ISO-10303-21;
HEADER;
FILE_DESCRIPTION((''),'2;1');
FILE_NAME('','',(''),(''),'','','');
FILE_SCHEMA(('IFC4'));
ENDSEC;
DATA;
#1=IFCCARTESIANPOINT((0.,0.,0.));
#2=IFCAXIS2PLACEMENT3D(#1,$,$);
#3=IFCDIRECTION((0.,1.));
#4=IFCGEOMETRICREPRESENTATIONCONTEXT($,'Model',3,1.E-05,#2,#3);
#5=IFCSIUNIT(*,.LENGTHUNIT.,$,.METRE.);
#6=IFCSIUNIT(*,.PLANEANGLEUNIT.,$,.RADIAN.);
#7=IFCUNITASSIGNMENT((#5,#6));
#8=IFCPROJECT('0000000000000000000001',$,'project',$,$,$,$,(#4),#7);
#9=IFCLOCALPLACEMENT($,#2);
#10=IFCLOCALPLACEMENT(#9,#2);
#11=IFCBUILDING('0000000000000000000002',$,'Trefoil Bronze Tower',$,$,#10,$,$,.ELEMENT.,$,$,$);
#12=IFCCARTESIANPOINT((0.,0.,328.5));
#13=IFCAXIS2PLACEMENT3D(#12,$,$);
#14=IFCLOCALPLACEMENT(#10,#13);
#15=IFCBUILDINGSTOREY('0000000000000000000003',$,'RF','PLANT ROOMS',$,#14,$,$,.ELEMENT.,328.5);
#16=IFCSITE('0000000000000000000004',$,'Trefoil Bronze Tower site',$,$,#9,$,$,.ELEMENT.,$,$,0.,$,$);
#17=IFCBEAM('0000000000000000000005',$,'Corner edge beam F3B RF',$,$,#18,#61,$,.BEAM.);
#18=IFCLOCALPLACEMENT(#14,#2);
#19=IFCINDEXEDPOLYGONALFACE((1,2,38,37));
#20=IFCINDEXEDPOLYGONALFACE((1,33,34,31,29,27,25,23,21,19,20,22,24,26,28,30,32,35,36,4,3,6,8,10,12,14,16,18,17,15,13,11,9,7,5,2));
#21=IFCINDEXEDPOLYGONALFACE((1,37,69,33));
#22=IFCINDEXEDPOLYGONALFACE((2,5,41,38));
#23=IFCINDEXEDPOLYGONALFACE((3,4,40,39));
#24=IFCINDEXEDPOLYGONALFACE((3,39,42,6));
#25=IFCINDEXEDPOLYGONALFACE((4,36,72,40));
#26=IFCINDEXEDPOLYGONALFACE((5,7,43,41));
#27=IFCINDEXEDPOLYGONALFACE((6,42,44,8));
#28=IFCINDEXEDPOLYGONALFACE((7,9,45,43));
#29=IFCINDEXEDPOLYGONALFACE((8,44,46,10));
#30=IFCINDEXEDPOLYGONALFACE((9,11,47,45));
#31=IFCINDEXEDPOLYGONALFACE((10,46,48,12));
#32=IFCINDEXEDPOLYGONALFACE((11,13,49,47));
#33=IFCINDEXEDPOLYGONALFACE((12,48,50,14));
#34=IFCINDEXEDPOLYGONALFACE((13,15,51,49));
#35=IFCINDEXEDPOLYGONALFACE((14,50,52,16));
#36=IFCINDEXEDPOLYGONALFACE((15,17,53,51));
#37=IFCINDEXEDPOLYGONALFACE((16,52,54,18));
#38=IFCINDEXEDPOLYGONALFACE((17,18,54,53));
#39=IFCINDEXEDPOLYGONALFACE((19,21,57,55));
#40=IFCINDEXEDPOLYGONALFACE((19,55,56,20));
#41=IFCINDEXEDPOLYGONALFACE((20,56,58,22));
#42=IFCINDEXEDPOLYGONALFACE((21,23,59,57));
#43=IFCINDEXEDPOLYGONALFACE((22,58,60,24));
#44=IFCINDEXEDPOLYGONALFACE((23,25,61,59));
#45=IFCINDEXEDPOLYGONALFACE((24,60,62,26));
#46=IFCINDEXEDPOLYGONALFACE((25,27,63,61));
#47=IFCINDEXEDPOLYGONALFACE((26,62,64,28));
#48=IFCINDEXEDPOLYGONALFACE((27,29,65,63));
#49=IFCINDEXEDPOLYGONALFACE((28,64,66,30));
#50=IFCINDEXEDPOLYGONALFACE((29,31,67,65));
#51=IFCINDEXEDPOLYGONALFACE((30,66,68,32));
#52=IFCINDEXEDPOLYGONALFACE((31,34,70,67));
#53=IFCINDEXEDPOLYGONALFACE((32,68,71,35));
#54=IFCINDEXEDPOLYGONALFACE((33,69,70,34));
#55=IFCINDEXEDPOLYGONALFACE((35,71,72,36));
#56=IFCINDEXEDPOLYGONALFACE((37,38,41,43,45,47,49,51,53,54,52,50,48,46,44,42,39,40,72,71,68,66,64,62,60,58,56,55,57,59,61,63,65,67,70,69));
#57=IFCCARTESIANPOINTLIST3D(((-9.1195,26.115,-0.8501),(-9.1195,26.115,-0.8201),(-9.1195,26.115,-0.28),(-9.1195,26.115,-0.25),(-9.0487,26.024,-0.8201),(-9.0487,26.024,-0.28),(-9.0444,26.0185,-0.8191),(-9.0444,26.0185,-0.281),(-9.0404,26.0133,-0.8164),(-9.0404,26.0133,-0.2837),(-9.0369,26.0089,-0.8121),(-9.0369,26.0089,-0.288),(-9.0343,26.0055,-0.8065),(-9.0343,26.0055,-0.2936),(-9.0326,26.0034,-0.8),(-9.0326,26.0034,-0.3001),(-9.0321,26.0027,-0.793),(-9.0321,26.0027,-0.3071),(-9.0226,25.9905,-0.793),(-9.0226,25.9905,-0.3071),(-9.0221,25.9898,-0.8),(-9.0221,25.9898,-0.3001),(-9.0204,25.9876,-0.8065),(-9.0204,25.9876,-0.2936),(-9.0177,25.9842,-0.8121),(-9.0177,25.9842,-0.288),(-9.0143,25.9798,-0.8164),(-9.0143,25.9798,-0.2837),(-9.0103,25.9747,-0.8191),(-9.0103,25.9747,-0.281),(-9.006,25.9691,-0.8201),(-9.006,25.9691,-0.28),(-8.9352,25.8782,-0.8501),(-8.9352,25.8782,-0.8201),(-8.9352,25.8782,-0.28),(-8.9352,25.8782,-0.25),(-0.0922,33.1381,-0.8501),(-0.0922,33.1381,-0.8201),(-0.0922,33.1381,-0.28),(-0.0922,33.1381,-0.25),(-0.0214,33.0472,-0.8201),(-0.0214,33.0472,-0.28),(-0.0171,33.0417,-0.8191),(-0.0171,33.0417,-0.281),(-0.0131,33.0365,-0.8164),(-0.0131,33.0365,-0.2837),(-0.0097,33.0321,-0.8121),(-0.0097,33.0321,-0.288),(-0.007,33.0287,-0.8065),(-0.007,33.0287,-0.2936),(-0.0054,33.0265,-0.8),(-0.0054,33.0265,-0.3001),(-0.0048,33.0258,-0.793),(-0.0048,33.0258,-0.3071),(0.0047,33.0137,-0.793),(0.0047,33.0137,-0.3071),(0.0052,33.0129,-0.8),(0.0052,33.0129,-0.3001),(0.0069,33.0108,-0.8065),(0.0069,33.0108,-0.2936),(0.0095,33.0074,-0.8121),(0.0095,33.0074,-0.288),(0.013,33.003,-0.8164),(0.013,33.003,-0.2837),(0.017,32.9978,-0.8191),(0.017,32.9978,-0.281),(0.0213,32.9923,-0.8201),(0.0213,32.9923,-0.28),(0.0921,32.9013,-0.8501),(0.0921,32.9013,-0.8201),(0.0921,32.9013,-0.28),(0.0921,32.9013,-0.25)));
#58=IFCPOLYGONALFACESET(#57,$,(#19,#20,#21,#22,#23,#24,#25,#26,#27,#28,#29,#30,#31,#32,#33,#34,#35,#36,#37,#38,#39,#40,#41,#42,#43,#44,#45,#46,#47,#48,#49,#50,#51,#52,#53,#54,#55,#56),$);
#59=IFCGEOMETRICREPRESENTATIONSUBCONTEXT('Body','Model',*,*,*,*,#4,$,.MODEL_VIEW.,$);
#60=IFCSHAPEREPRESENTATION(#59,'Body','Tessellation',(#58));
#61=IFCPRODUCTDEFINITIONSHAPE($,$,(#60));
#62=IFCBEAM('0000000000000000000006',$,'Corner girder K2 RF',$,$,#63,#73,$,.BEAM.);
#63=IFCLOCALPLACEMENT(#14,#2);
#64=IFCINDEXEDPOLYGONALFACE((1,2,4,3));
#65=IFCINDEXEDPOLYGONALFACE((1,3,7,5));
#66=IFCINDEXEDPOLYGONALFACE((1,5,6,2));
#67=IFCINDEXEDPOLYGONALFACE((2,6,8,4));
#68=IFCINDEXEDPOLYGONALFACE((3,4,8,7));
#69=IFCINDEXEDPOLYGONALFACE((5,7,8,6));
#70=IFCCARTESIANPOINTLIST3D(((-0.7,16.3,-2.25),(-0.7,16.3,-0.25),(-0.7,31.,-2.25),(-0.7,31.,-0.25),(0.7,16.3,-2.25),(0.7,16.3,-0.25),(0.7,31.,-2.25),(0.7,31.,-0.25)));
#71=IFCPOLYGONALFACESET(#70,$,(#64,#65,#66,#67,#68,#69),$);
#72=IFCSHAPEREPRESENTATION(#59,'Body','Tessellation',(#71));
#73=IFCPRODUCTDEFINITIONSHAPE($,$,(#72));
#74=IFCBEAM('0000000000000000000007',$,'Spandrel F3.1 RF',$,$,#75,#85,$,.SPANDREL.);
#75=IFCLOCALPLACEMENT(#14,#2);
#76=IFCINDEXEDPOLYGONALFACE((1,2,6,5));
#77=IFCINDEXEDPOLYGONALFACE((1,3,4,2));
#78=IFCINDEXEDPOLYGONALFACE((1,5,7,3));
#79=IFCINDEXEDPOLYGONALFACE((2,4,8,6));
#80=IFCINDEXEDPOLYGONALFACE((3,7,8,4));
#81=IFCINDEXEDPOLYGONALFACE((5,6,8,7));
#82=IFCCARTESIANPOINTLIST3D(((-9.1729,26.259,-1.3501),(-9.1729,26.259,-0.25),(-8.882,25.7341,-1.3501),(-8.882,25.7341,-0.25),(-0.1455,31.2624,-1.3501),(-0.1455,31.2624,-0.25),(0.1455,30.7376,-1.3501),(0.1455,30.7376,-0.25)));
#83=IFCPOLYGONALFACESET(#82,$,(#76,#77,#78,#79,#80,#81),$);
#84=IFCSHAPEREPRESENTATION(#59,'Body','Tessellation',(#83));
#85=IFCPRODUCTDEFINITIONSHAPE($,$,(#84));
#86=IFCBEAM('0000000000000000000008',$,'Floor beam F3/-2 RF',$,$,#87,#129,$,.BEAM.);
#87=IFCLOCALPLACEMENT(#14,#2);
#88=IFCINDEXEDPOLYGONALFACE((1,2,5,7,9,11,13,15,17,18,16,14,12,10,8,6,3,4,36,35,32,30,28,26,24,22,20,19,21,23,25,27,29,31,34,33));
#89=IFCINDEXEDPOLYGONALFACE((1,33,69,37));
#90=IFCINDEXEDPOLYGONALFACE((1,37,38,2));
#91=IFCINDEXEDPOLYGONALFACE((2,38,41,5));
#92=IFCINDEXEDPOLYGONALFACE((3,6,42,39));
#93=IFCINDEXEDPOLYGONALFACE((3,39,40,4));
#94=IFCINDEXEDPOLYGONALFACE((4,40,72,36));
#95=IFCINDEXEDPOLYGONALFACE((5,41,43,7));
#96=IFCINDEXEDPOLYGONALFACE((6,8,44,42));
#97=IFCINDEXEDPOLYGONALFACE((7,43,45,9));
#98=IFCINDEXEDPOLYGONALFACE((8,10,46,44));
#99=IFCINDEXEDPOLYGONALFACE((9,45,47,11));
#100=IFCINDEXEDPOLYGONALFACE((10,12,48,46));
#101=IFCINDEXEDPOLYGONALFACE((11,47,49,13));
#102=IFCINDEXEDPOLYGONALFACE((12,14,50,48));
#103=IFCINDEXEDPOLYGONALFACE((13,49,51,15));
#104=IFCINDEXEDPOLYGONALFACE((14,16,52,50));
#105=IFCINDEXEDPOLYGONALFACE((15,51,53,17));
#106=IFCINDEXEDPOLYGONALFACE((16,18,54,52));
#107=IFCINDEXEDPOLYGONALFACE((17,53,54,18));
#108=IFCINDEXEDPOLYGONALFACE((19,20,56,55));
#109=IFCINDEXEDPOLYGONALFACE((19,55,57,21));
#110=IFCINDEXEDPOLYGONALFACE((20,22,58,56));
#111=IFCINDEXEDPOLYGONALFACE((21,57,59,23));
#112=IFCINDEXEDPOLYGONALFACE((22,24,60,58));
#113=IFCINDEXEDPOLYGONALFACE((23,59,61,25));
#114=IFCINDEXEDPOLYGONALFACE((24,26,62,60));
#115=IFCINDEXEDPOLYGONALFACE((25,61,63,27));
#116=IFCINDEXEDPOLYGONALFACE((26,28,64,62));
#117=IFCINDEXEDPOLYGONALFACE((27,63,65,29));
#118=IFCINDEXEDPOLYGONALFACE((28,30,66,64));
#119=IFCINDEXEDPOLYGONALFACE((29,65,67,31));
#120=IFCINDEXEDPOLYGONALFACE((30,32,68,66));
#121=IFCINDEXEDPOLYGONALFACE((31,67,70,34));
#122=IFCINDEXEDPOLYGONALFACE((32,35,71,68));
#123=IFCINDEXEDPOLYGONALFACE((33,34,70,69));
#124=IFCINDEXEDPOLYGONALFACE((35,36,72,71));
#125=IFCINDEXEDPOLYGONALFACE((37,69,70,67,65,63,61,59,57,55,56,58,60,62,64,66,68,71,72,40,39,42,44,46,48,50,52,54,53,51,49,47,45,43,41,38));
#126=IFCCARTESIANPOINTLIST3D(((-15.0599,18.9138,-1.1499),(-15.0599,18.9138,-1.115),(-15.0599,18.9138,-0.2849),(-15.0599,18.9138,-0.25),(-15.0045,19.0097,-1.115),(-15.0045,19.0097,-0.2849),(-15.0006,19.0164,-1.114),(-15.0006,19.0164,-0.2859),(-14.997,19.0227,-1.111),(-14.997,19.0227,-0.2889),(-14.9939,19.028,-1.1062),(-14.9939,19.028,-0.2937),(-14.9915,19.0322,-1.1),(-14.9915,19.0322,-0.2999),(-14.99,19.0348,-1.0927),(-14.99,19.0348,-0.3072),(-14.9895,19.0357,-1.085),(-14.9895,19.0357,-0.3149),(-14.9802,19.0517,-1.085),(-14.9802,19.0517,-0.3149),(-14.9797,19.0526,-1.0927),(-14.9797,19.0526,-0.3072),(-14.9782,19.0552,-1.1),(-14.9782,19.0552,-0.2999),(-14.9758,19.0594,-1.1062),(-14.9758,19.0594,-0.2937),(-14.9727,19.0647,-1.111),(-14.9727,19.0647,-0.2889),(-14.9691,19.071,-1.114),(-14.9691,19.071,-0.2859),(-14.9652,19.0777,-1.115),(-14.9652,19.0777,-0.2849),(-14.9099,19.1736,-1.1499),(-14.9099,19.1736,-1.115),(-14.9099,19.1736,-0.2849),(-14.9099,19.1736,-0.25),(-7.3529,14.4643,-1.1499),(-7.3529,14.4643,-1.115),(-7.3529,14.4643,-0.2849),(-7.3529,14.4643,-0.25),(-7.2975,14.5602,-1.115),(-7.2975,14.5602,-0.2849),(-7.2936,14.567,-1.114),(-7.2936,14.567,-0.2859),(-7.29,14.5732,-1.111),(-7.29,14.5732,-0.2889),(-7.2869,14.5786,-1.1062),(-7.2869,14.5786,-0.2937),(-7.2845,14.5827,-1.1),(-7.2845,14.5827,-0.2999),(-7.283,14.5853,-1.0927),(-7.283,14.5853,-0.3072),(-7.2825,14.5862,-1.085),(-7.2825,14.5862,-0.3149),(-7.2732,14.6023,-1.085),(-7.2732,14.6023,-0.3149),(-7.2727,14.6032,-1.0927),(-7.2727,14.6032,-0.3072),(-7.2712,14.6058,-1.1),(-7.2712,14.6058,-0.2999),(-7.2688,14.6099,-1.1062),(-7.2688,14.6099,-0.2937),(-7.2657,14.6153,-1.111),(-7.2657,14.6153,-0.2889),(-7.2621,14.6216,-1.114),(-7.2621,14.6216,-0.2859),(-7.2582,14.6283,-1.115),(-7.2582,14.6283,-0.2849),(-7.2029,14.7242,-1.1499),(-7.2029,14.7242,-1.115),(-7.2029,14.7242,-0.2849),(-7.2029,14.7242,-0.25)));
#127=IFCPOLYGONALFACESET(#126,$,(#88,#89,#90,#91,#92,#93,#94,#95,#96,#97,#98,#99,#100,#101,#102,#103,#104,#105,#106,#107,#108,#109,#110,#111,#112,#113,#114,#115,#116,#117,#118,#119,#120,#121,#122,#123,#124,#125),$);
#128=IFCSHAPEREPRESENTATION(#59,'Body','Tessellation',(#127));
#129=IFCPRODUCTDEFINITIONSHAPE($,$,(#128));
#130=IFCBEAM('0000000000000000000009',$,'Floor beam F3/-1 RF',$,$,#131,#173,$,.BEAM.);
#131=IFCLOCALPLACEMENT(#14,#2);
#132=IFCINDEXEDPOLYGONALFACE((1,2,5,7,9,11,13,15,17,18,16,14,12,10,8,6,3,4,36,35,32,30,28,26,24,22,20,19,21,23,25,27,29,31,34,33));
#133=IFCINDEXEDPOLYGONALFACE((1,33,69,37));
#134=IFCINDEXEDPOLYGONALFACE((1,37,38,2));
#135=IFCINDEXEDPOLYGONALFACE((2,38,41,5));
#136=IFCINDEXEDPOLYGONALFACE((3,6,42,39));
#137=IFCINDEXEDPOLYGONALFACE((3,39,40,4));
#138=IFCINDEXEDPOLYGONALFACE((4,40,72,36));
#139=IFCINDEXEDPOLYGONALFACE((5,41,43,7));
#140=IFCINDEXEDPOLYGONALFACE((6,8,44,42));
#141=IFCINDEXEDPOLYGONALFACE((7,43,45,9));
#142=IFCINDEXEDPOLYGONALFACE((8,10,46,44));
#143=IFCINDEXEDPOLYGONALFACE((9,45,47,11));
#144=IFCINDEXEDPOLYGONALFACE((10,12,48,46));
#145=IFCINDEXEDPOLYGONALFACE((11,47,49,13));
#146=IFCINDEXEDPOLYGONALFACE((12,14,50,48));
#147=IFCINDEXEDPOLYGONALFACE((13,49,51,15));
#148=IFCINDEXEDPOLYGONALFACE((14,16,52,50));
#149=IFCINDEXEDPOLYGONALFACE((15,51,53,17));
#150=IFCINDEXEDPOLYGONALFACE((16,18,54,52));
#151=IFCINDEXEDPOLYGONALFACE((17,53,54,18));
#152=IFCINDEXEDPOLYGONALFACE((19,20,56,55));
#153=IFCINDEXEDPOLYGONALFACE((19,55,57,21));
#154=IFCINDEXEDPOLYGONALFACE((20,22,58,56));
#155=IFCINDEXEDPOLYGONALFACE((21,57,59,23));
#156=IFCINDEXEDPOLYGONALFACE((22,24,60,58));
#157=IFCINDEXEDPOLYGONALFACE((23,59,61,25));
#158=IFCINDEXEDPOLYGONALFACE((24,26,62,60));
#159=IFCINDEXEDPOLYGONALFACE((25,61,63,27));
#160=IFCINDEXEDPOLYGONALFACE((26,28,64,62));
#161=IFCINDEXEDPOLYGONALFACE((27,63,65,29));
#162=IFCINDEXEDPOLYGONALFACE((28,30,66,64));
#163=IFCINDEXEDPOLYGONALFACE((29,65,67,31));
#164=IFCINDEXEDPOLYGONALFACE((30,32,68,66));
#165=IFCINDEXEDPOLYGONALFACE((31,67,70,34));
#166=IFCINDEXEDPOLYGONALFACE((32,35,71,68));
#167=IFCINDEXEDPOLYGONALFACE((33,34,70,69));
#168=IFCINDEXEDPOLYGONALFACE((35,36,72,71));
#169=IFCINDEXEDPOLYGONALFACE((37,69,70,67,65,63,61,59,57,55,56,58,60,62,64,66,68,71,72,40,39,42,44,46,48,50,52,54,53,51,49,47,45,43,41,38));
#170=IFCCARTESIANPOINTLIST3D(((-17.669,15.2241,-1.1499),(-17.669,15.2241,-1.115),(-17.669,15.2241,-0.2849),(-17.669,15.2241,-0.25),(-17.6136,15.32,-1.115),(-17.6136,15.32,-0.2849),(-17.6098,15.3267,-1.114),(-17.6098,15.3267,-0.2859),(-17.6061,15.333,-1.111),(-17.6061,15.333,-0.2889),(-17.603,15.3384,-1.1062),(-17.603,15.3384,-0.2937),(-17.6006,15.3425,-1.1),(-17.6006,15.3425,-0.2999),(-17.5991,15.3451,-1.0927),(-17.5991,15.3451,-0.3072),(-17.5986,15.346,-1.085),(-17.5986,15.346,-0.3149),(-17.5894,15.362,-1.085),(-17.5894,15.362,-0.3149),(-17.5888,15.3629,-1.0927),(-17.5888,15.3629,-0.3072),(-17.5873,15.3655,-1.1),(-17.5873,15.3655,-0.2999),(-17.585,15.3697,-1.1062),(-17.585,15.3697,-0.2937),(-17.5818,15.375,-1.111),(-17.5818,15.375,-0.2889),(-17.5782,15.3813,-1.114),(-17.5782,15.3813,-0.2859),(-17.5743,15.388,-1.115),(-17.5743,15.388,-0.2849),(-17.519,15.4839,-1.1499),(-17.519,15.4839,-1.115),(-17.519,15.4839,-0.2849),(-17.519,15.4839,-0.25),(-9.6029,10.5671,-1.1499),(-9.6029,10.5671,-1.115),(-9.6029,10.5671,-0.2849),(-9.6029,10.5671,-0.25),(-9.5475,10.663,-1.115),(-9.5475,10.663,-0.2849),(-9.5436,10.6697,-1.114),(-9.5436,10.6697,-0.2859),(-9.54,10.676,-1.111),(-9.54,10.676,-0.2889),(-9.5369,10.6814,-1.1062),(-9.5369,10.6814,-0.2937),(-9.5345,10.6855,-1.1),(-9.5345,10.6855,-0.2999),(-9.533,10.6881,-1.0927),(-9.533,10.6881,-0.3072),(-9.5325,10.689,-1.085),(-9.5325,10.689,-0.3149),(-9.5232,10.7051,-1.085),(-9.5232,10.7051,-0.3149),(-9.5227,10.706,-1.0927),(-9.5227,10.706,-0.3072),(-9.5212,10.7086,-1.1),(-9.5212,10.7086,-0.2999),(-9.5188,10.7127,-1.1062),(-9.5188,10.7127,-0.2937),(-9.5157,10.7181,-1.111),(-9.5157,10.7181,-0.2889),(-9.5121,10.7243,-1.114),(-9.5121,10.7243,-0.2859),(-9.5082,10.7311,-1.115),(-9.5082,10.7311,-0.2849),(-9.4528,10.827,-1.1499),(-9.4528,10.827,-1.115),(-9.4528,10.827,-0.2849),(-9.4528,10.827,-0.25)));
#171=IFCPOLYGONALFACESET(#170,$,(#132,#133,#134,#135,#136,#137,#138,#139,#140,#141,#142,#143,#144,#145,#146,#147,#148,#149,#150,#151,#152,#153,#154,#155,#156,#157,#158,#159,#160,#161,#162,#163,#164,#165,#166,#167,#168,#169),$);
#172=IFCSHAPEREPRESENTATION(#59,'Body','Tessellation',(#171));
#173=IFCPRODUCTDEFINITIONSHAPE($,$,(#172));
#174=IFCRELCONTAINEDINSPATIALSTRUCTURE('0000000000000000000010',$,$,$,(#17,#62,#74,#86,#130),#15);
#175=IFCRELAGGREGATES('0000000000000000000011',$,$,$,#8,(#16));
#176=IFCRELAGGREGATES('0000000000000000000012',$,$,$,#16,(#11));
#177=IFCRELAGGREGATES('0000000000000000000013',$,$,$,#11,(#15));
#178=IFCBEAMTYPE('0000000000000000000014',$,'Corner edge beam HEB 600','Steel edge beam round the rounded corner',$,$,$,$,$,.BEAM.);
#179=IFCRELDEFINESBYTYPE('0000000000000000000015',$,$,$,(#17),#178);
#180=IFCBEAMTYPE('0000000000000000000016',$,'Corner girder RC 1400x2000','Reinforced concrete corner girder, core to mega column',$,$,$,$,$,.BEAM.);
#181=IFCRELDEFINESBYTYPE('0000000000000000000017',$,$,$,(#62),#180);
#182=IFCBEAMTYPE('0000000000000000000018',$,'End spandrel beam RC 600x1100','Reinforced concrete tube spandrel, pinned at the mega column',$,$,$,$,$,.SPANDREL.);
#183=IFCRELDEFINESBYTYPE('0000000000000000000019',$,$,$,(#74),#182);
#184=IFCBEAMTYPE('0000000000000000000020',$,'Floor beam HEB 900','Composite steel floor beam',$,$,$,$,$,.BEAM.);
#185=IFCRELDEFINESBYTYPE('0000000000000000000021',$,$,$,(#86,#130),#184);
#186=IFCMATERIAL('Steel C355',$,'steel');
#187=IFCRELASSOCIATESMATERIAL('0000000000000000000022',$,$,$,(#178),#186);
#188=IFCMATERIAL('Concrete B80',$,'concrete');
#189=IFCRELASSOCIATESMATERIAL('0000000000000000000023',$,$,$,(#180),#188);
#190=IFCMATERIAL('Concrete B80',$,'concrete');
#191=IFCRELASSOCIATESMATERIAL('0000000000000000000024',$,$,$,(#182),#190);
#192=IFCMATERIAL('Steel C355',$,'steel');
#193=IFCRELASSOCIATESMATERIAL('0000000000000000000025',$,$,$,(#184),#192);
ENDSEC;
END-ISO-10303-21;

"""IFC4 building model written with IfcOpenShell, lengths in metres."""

from ifc_helpers import new_model, si_unit, direction, frame, origin, origin_2d, place, context, subcontext, project, spatial, rectangle, i_section, extrude, material, material_profile, profile_set, type_object, element, save


model = new_model("IFC4")

# Units and contexts
model_context = context("Model", 3, precision=1e-05, world=origin(), true_north=direction((0.0, 1.0)))
body_context = subcontext(model_context, "Body", "Model", "MODEL_VIEW")
ifc_project = project(units=[si_unit("LENGTHUNIT", "METRE"), si_unit("PLANEANGLEUNIT", "RADIAN")], contexts=[model_context])

# Site, building, storey
site_placement = place(None, origin())
site = spatial("IfcSite", under=ifc_project, at=site_placement, Name="Trefoil Bronze Tower site", CompositionType="ELEMENT", RefElevation=0.0)
building_placement = place(site_placement, origin())
building = spatial("IfcBuilding", under=site, at=building_placement, Name="Trefoil Bronze Tower", CompositionType="ELEMENT")
storey_placement = place(building_placement, frame((0.0, 0.0, 328.5)))
storey = spatial("IfcBuildingStorey", under=building, at=storey_placement, Name="RF", Description="PLANT ROOMS", CompositionType="ELEMENT", Elevation=328.5)

# Beams
ifc_material_1 = material(Name="Steel C355", Category="steel")
ifc_material_profile_1 = material_profile(ifc_material_1, i_section(OverallWidth=0.3, OverallDepth=0.6001, WebThickness=0.0154, FlangeThickness=0.03, FilletRadius=0.0271, at=origin_2d()), Name="HEB 600")
ifc_profile_set_1 = profile_set([ifc_material_profile_1], Name="Steel C355")
beam_type_1 = type_object("IfcBeamType", Name="Corner edge beam HEB 600", Description="Steel edge beam round the rounded corner", PredefinedType="BEAM", material=ifc_profile_set_1)
beam_1_placement = place(storey_placement, frame((-9.0273, 25.9966, -0.55), z_axis=(0.789271, 0.614046, 0.0), x_axis=(-0.614046, 0.789271, 0.0)))
element("IfcBeam", 1, at=beam_1_placement, inside=storey, type_object=beam_type_1, Name="Corner edge beam F3B RF", PredefinedType="BEAM", context=body_context, shape_type="SweptSolid", body=[
    extrude(i_section(OverallWidth=0.3, OverallDepth=0.6001, WebThickness=0.0154, FlangeThickness=0.03, FilletRadius=0.0271, at=origin_2d()), origin(), (0.0, 0.0, 1.0), 11.4375),
])
ifc_material_2 = material(Name="Concrete B80", Category="concrete")
ifc_material_profile_2 = material_profile(ifc_material_2, rectangle(XDim=1.3999, YDim=2.0, at=origin_2d()), Name="RC 1400x2000")
ifc_profile_set_2 = profile_set([ifc_material_profile_2], Name="Concrete B80")
beam_type_2 = type_object("IfcBeamType", Name="Corner girder RC 1400x2000", Description="Reinforced concrete corner girder, core to mega column", PredefinedType="BEAM", material=ifc_profile_set_2)
beam_2_placement = place(storey_placement, frame((0.0, 16.3, -1.25), z_axis=(0.0, 1.0, 0.0), x_axis=(-1.0, 0.0, 0.0)))
element("IfcBeam", 2, at=beam_2_placement, inside=storey, type_object=beam_type_2, Name="Corner girder K2 RF", PredefinedType="BEAM", context=body_context, shape_type="SweptSolid", body=[
    extrude(rectangle(XDim=1.3999, YDim=2.0, at=origin_2d()), origin(), (0.0, 0.0, 1.0), 14.7),
])
ifc_material_3 = material(Name="Concrete B80", Category="concrete")
ifc_material_profile_3 = material_profile(ifc_material_3, rectangle(XDim=0.6001, YDim=1.1001, at=origin_2d()), Name="RC 600x1100")
ifc_profile_set_3 = profile_set([ifc_material_profile_3], Name="Concrete B80")
beam_type_3 = type_object("IfcBeamType", Name="End spandrel beam RC 600x1100", Description="Reinforced concrete tube spandrel, pinned at the mega column", PredefinedType="SPANDREL", material=ifc_profile_set_3)
beam_3_placement = place(storey_placement, frame((0.0, 31.0, -0.8), z_axis=(-0.874641, -0.484771, 0.0), x_axis=(0.484771, -0.874641, 0.0)))
element("IfcBeam", 3, at=beam_3_placement, inside=storey, type_object=beam_type_3, Name="Spandrel F3.1 RF", PredefinedType="SPANDREL", context=body_context, shape_type="SweptSolid", body=[
    extrude(rectangle(XDim=0.6001, YDim=1.1001, at=origin_2d()), origin(), (0.0, 0.0, 1.0), 10.3213),
])
ifc_material_4 = material(Name="Steel C355", Category="steel")
ifc_material_profile_4 = material_profile(ifc_material_4, i_section(OverallWidth=0.3, OverallDepth=0.8999, WebThickness=0.0186, FlangeThickness=0.0349, FilletRadius=0.03, at=origin_2d()), Name="HEB 900")
ifc_profile_set_4 = profile_set([ifc_material_profile_4], Name="Steel C355")
beam_type_4 = type_object("IfcBeamType", Name="Floor beam HEB 900", Description="Composite steel floor beam", PredefinedType="BEAM", material=ifc_profile_set_4)
beam_4_placement = place(storey_placement, frame((-14.9849, 19.0437, -0.7), z_axis=(0.866035, -0.499984, 0.0), x_axis=(0.499984, 0.866035, 0.0)))
element("IfcBeam", 4, at=beam_4_placement, inside=storey, type_object=beam_type_4, Name="Floor beam F3/-2 RF", PredefinedType="BEAM", context=body_context, shape_type="SweptSolid", body=[
    extrude(i_section(OverallWidth=0.3, OverallDepth=0.8999, WebThickness=0.0186, FlangeThickness=0.0349, FilletRadius=0.03, at=origin_2d()), origin(), (0.0, 0.0, 1.0), 8.8992),
])
beam_5_placement = place(storey_placement, frame((-17.594, 15.354, -0.7), z_axis=(0.866026, -0.499999, 0.0), x_axis=(0.499999, 0.866026, 0.0)))
element("IfcBeam", 5, at=beam_5_placement, inside=storey, type_object=beam_type_4, Name="Floor beam F3/-1 RF", PredefinedType="BEAM", context=body_context, shape_type="SweptSolid", body=[
    extrude(i_section(OverallWidth=0.3, OverallDepth=0.8999, WebThickness=0.0186, FlangeThickness=0.0349, FilletRadius=0.03, at=origin_2d()), origin(), (0.0, 0.0, 1.0), 9.314),
])

save(model, "model.ifc")
